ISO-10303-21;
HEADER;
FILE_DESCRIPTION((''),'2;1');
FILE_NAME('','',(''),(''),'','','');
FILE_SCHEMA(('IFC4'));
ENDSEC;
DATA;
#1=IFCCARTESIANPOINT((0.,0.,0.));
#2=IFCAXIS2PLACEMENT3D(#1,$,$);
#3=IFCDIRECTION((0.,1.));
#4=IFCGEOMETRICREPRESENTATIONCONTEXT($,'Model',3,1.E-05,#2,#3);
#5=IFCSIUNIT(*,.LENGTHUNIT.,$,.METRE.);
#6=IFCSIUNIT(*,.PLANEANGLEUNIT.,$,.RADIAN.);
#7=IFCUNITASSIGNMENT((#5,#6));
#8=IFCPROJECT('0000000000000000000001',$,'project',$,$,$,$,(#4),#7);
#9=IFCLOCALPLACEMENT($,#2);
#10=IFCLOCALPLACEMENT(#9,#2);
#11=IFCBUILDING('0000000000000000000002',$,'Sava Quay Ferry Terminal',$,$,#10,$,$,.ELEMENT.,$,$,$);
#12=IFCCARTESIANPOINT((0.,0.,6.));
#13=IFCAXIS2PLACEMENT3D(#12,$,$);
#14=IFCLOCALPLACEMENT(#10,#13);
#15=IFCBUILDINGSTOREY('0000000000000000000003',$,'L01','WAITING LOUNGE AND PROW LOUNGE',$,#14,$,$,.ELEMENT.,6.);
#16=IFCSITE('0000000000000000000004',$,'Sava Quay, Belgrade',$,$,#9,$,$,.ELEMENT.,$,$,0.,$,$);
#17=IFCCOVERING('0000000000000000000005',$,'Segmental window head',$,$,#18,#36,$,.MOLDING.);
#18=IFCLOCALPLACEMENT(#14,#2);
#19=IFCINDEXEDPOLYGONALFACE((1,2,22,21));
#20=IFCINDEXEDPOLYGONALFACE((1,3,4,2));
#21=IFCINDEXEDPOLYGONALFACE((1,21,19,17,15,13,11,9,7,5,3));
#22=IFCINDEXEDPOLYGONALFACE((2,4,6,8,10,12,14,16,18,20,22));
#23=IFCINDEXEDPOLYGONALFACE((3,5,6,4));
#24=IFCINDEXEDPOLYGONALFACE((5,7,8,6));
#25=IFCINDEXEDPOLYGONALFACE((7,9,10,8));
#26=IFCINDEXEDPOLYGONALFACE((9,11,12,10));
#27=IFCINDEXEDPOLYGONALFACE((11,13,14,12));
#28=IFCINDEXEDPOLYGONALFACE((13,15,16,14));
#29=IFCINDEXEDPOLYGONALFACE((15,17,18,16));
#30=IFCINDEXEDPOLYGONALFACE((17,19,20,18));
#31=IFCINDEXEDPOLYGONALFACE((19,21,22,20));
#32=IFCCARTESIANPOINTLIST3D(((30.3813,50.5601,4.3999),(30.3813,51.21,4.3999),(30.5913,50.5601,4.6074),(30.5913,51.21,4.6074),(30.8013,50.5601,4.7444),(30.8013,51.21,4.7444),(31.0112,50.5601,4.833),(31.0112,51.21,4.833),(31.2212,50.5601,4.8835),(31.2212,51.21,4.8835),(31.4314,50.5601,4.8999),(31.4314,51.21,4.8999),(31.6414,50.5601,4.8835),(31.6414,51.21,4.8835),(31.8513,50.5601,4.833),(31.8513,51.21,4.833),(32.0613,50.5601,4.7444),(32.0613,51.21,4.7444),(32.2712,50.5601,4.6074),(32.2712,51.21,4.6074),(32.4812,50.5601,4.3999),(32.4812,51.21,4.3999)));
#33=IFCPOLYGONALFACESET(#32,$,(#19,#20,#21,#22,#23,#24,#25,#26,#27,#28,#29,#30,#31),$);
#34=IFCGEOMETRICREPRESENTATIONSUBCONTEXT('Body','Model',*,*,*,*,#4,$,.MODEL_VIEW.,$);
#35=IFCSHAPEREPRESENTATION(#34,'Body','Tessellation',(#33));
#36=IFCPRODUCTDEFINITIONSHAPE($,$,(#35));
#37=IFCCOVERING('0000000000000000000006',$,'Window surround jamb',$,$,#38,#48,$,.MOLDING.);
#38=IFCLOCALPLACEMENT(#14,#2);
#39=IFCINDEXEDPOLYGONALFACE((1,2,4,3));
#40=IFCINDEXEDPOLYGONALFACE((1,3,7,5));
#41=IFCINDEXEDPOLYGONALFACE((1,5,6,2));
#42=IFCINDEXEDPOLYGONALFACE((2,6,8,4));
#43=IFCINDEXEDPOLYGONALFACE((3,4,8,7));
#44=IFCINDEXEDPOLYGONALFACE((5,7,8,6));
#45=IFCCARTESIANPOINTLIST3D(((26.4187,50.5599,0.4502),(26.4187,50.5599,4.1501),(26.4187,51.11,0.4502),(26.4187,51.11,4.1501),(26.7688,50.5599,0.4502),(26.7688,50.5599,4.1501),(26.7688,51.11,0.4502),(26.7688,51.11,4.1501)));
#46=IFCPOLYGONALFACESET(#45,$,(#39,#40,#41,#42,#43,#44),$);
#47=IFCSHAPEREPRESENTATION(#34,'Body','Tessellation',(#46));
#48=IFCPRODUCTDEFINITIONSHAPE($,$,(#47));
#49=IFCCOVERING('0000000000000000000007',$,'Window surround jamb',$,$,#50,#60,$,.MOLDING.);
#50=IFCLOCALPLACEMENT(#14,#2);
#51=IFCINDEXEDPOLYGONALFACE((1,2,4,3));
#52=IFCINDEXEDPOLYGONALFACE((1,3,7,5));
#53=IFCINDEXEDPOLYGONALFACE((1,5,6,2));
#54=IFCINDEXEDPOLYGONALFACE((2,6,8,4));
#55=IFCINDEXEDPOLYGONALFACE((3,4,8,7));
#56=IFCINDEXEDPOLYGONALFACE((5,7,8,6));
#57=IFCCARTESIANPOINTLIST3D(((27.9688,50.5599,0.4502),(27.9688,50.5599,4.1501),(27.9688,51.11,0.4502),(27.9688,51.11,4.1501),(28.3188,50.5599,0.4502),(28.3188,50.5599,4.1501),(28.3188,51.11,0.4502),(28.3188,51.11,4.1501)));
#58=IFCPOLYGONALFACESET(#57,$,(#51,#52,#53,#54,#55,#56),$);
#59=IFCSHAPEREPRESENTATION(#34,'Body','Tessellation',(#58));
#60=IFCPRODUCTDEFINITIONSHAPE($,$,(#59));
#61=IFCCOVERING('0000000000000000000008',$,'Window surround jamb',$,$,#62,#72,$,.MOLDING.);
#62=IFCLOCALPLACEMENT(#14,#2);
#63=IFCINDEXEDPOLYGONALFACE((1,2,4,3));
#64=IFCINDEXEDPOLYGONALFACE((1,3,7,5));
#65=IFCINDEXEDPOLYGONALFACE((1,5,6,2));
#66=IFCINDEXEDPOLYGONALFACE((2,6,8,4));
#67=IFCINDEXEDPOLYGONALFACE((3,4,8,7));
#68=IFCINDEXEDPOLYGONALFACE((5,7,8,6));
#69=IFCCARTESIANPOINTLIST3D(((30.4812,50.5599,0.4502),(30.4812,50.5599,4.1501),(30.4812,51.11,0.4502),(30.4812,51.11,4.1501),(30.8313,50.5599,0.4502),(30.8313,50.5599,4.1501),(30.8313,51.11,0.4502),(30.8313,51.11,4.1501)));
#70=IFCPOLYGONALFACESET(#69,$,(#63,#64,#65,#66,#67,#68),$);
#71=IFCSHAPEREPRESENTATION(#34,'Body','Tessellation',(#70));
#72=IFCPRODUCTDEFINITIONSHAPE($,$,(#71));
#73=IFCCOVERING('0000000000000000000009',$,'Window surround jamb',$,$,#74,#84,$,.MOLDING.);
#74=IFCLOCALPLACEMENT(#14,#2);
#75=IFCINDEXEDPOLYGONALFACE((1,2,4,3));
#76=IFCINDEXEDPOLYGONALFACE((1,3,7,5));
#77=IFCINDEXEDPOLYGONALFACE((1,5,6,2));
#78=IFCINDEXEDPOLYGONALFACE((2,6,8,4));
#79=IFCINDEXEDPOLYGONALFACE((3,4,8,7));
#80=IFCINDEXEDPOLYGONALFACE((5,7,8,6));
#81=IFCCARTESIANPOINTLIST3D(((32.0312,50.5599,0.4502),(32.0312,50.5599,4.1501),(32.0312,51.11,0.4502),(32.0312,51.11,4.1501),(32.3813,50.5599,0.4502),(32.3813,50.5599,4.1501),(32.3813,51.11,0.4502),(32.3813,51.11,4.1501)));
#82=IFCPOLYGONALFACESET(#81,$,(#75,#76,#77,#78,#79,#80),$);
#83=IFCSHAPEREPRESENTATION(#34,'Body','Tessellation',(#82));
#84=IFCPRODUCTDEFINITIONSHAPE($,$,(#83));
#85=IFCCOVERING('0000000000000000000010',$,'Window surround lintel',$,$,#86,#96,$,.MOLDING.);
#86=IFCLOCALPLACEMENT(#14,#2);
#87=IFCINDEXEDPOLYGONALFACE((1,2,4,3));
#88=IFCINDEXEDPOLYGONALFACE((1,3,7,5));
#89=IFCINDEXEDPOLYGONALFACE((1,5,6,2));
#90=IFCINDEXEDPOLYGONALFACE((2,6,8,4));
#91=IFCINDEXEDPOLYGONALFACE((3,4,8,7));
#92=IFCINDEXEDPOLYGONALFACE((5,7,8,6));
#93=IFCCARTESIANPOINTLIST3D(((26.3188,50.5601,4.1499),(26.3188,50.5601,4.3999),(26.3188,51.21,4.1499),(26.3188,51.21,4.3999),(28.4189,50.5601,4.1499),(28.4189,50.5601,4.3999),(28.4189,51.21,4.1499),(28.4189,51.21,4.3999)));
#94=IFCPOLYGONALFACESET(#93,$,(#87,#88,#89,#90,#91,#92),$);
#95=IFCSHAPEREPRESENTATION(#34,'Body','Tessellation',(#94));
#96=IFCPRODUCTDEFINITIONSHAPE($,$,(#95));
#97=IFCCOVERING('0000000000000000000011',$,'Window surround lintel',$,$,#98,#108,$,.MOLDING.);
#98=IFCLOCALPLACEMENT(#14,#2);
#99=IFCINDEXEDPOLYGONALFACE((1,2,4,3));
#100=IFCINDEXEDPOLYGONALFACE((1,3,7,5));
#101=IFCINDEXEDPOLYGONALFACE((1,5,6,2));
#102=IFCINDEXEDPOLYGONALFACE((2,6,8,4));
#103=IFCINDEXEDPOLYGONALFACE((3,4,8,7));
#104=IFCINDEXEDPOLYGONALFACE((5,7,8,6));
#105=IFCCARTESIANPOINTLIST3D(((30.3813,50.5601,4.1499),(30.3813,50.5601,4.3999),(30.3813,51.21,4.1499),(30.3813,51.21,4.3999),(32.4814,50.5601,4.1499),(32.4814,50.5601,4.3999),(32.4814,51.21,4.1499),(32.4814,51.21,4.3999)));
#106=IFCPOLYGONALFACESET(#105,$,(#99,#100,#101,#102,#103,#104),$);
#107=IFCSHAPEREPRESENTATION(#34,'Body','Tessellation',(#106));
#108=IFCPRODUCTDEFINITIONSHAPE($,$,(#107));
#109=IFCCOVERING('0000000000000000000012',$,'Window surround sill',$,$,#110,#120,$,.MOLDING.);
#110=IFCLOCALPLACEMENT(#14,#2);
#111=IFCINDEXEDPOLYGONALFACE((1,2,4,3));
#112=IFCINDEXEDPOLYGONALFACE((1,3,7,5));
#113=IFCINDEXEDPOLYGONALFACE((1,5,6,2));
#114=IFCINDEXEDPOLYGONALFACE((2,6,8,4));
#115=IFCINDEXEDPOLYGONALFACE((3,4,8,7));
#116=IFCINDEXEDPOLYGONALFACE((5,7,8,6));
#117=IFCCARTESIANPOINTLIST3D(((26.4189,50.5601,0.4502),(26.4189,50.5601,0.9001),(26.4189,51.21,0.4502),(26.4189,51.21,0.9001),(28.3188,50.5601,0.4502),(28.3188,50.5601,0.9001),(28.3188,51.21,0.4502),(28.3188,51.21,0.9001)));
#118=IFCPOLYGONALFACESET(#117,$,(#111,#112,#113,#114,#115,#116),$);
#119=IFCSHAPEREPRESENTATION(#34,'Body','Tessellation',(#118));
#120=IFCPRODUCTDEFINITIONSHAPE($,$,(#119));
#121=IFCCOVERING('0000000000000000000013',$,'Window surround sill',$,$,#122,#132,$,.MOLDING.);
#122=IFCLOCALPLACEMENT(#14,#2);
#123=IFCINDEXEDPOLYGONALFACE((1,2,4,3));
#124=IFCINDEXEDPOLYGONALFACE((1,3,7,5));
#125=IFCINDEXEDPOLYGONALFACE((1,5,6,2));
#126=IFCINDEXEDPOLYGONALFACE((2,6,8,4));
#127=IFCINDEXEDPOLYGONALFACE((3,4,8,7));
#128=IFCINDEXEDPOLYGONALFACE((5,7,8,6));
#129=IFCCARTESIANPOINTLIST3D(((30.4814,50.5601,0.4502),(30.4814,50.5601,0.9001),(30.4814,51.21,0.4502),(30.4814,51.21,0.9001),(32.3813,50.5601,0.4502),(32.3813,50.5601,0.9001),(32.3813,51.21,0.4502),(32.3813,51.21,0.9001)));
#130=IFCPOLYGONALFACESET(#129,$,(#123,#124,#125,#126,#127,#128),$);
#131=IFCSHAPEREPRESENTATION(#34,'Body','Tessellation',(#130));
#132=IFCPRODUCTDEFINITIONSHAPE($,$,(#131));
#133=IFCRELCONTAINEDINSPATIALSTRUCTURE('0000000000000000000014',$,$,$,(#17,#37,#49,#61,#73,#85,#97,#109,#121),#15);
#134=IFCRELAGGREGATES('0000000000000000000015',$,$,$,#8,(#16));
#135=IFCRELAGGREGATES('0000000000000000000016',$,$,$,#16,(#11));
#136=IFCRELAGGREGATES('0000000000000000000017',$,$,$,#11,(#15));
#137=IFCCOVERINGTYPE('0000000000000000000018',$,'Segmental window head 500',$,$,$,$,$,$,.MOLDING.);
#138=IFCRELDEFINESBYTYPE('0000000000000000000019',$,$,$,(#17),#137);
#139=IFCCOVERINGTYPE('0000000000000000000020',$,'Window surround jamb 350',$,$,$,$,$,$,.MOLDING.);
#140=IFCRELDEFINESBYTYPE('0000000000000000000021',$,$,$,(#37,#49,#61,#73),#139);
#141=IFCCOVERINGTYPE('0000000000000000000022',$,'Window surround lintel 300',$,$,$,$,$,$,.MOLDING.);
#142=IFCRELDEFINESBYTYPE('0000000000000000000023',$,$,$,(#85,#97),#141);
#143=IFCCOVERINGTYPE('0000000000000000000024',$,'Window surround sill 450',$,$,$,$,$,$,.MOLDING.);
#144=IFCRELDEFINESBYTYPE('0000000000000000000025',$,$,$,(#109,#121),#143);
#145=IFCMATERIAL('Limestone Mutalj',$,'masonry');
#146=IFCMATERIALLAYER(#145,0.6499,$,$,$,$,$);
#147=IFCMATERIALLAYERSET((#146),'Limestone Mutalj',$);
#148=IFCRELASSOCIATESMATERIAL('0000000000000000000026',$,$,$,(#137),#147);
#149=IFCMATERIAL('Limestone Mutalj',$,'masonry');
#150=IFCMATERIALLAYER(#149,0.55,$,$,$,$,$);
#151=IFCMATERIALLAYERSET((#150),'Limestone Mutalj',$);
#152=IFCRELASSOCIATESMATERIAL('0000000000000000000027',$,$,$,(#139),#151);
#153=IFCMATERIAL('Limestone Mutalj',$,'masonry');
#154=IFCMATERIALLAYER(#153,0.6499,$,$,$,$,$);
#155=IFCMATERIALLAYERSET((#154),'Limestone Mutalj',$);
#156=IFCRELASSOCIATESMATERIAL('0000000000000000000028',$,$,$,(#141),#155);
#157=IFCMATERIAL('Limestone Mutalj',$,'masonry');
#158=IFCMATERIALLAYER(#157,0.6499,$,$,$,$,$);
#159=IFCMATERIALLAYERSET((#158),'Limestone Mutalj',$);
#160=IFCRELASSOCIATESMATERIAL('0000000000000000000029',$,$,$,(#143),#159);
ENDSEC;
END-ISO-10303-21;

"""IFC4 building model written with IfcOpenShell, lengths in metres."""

from ifc_helpers import new_model, si_unit, direction, frame, origin, origin_2d, place, context, subcontext, project, spatial, polyline, rectangle, outline, extrude, material, layer, layer_set, type_object, element, save


model = new_model("IFC4")

# Units and contexts
model_context = context("Model", 3, precision=1e-05, world=origin(), true_north=direction((0.0, 1.0)))
body_context = subcontext(model_context, "Body", "Model", "MODEL_VIEW")
ifc_project = project(units=[si_unit("LENGTHUNIT", "METRE"), si_unit("PLANEANGLEUNIT", "RADIAN")], contexts=[model_context])

# Site, building, storey
site_placement = place(None, origin())
site = spatial("IfcSite", under=ifc_project, at=site_placement, Name="Sava Quay, Belgrade", CompositionType="ELEMENT", RefElevation=0.0)
building_placement = place(site_placement, origin())
building = spatial("IfcBuilding", under=site, at=building_placement, Name="Sava Quay Ferry Terminal", CompositionType="ELEMENT")
storey_placement = place(building_placement, frame((0.0, 0.0, 6.0)))
storey = spatial("IfcBuildingStorey", under=building, at=storey_placement, Name="L01", Description="WAITING LOUNGE AND PROW LOUNGE", CompositionType="ELEMENT", Elevation=6.0)

# Covering
ifc_material_1 = material(Name="Limestone Mutalj", Category="masonry")
ifc_layer_1 = layer(ifc_material_1, 0.6499)
ifc_layer_set_1 = layer_set([ifc_layer_1], Name="Limestone Mutalj")
covering_type_1 = type_object("IfcCoveringType", Name="Segmental window head 500", PredefinedType="MOLDING", material=ifc_layer_set_1)
covering_1_placement = place(storey_placement, frame((30.3813, 51.21, 4.3999), z_axis=(0.0, 1.0, 0.0), x_axis=(0.71123, 0.0, 0.70296)))
element("IfcCovering", 1, at=covering_1_placement, inside=storey, type_object=covering_type_1, Name="Segmental window head", PredefinedType="MOLDING", context=body_context, shape_type="SweptSolid", body=[
    extrude(outline(polyline([(0.0, 0.0), (0.2952, 0.0), (0.5408, 0.0502), (0.7524, 0.1347), (0.9373, 0.2464), (1.0983, 0.3825), (1.2361, 0.5418), (1.3499, 0.7253), (1.437, 0.9359), (1.49, 1.1809), (1.4935, 1.4761), (0.0, 0.0)])), origin(), (0.0, 0.0, -1.0), 0.6499),
])

# Coverings
ifc_material_2 = material(Name="Limestone Mutalj", Category="masonry")
ifc_layer_2 = layer(ifc_material_2, 0.55)
ifc_layer_set_2 = layer_set([ifc_layer_2], Name="Limestone Mutalj")
covering_type_2 = type_object("IfcCoveringType", Name="Window surround jamb 350", PredefinedType="MOLDING", material=ifc_layer_set_2)
for number, where, z_axis, x_axis, name in (
    (2, (26.5938, 50.835, 0.4502), (0.0, 0.0, 1.0), (1.0, 0.0, 0.0), "Window surround jamb"),
    (3, (28.1438, 50.835, 0.4502), (0.0, 0.0, 1.0), (1.0, 0.0, 0.0), "Window surround jamb"),
    (4, (30.6562, 50.835, 0.4502), (0.0, 0.0, 1.0), (1.0, 0.0, 0.0), "Window surround jamb"),
    (5, (32.2063, 50.835, 0.4502), (0.0, 0.0, 1.0), (1.0, 0.0, 0.0), "Window surround jamb"),
):
    element("IfcCovering", number, at=place(storey_placement, frame(where, z_axis=z_axis, x_axis=x_axis)), inside=storey, type_object=covering_type_2, Name=name, PredefinedType="MOLDING", context=body_context, shape_type="SweptSolid", body=[
        extrude(rectangle(XDim=0.3501, YDim=0.55, at=origin_2d()), origin(), (0.0, 0.0, 1.0), 3.7),
    ])
ifc_material_3 = material(Name="Limestone Mutalj", Category="masonry")
ifc_layer_3 = layer(ifc_material_3, 0.6499)
ifc_layer_set_3 = layer_set([ifc_layer_3], Name="Limestone Mutalj")
covering_type_3 = type_object("IfcCoveringType", Name="Window surround lintel 300", PredefinedType="MOLDING", material=ifc_layer_set_3)
for number, where, z_axis, x_axis, name in (
    (6, (27.3689, 50.885, 4.1499), (0.0, 0.0, 1.0), (1.0, 0.0, 0.0), "Window surround lintel"),
    (7, (31.4314, 50.885, 4.1499), (0.0, 0.0, 1.0), (1.0, 0.0, 0.0), "Window surround lintel"),
):
    element("IfcCovering", number, at=place(storey_placement, frame(where, z_axis=z_axis, x_axis=x_axis)), inside=storey, type_object=covering_type_3, Name=name, PredefinedType="MOLDING", context=body_context, shape_type="SweptSolid", body=[
        extrude(rectangle(XDim=2.1001, YDim=0.6499, at=origin_2d()), origin(), (0.0, 0.0, 1.0), 0.25),
    ])
ifc_material_4 = material(Name="Limestone Mutalj", Category="masonry")
ifc_layer_4 = layer(ifc_material_4, 0.6499)
ifc_layer_set_4 = layer_set([ifc_layer_4], Name="Limestone Mutalj")
covering_type_4 = type_object("IfcCoveringType", Name="Window surround sill 450", PredefinedType="MOLDING", material=ifc_layer_set_4)
for number, where, z_axis, x_axis, name in (
    (8, (27.3689, 50.885, 0.4502), (0.0, 0.0, 1.0), (1.0, 0.0, 0.0), "Window surround sill"),
    (9, (31.4314, 50.885, 0.4502), (0.0, 0.0, 1.0), (1.0, 0.0, 0.0), "Window surround sill"),
):
    element("IfcCovering", number, at=place(storey_placement, frame(where, z_axis=z_axis, x_axis=x_axis)), inside=storey, type_object=covering_type_4, Name=name, PredefinedType="MOLDING", context=body_context, shape_type="SweptSolid", body=[
        extrude(rectangle(XDim=1.8999, YDim=0.6499, at=origin_2d()), origin(), (0.0, 0.0, 1.0), 0.45),
    ])

save(model, "model.ifc")
